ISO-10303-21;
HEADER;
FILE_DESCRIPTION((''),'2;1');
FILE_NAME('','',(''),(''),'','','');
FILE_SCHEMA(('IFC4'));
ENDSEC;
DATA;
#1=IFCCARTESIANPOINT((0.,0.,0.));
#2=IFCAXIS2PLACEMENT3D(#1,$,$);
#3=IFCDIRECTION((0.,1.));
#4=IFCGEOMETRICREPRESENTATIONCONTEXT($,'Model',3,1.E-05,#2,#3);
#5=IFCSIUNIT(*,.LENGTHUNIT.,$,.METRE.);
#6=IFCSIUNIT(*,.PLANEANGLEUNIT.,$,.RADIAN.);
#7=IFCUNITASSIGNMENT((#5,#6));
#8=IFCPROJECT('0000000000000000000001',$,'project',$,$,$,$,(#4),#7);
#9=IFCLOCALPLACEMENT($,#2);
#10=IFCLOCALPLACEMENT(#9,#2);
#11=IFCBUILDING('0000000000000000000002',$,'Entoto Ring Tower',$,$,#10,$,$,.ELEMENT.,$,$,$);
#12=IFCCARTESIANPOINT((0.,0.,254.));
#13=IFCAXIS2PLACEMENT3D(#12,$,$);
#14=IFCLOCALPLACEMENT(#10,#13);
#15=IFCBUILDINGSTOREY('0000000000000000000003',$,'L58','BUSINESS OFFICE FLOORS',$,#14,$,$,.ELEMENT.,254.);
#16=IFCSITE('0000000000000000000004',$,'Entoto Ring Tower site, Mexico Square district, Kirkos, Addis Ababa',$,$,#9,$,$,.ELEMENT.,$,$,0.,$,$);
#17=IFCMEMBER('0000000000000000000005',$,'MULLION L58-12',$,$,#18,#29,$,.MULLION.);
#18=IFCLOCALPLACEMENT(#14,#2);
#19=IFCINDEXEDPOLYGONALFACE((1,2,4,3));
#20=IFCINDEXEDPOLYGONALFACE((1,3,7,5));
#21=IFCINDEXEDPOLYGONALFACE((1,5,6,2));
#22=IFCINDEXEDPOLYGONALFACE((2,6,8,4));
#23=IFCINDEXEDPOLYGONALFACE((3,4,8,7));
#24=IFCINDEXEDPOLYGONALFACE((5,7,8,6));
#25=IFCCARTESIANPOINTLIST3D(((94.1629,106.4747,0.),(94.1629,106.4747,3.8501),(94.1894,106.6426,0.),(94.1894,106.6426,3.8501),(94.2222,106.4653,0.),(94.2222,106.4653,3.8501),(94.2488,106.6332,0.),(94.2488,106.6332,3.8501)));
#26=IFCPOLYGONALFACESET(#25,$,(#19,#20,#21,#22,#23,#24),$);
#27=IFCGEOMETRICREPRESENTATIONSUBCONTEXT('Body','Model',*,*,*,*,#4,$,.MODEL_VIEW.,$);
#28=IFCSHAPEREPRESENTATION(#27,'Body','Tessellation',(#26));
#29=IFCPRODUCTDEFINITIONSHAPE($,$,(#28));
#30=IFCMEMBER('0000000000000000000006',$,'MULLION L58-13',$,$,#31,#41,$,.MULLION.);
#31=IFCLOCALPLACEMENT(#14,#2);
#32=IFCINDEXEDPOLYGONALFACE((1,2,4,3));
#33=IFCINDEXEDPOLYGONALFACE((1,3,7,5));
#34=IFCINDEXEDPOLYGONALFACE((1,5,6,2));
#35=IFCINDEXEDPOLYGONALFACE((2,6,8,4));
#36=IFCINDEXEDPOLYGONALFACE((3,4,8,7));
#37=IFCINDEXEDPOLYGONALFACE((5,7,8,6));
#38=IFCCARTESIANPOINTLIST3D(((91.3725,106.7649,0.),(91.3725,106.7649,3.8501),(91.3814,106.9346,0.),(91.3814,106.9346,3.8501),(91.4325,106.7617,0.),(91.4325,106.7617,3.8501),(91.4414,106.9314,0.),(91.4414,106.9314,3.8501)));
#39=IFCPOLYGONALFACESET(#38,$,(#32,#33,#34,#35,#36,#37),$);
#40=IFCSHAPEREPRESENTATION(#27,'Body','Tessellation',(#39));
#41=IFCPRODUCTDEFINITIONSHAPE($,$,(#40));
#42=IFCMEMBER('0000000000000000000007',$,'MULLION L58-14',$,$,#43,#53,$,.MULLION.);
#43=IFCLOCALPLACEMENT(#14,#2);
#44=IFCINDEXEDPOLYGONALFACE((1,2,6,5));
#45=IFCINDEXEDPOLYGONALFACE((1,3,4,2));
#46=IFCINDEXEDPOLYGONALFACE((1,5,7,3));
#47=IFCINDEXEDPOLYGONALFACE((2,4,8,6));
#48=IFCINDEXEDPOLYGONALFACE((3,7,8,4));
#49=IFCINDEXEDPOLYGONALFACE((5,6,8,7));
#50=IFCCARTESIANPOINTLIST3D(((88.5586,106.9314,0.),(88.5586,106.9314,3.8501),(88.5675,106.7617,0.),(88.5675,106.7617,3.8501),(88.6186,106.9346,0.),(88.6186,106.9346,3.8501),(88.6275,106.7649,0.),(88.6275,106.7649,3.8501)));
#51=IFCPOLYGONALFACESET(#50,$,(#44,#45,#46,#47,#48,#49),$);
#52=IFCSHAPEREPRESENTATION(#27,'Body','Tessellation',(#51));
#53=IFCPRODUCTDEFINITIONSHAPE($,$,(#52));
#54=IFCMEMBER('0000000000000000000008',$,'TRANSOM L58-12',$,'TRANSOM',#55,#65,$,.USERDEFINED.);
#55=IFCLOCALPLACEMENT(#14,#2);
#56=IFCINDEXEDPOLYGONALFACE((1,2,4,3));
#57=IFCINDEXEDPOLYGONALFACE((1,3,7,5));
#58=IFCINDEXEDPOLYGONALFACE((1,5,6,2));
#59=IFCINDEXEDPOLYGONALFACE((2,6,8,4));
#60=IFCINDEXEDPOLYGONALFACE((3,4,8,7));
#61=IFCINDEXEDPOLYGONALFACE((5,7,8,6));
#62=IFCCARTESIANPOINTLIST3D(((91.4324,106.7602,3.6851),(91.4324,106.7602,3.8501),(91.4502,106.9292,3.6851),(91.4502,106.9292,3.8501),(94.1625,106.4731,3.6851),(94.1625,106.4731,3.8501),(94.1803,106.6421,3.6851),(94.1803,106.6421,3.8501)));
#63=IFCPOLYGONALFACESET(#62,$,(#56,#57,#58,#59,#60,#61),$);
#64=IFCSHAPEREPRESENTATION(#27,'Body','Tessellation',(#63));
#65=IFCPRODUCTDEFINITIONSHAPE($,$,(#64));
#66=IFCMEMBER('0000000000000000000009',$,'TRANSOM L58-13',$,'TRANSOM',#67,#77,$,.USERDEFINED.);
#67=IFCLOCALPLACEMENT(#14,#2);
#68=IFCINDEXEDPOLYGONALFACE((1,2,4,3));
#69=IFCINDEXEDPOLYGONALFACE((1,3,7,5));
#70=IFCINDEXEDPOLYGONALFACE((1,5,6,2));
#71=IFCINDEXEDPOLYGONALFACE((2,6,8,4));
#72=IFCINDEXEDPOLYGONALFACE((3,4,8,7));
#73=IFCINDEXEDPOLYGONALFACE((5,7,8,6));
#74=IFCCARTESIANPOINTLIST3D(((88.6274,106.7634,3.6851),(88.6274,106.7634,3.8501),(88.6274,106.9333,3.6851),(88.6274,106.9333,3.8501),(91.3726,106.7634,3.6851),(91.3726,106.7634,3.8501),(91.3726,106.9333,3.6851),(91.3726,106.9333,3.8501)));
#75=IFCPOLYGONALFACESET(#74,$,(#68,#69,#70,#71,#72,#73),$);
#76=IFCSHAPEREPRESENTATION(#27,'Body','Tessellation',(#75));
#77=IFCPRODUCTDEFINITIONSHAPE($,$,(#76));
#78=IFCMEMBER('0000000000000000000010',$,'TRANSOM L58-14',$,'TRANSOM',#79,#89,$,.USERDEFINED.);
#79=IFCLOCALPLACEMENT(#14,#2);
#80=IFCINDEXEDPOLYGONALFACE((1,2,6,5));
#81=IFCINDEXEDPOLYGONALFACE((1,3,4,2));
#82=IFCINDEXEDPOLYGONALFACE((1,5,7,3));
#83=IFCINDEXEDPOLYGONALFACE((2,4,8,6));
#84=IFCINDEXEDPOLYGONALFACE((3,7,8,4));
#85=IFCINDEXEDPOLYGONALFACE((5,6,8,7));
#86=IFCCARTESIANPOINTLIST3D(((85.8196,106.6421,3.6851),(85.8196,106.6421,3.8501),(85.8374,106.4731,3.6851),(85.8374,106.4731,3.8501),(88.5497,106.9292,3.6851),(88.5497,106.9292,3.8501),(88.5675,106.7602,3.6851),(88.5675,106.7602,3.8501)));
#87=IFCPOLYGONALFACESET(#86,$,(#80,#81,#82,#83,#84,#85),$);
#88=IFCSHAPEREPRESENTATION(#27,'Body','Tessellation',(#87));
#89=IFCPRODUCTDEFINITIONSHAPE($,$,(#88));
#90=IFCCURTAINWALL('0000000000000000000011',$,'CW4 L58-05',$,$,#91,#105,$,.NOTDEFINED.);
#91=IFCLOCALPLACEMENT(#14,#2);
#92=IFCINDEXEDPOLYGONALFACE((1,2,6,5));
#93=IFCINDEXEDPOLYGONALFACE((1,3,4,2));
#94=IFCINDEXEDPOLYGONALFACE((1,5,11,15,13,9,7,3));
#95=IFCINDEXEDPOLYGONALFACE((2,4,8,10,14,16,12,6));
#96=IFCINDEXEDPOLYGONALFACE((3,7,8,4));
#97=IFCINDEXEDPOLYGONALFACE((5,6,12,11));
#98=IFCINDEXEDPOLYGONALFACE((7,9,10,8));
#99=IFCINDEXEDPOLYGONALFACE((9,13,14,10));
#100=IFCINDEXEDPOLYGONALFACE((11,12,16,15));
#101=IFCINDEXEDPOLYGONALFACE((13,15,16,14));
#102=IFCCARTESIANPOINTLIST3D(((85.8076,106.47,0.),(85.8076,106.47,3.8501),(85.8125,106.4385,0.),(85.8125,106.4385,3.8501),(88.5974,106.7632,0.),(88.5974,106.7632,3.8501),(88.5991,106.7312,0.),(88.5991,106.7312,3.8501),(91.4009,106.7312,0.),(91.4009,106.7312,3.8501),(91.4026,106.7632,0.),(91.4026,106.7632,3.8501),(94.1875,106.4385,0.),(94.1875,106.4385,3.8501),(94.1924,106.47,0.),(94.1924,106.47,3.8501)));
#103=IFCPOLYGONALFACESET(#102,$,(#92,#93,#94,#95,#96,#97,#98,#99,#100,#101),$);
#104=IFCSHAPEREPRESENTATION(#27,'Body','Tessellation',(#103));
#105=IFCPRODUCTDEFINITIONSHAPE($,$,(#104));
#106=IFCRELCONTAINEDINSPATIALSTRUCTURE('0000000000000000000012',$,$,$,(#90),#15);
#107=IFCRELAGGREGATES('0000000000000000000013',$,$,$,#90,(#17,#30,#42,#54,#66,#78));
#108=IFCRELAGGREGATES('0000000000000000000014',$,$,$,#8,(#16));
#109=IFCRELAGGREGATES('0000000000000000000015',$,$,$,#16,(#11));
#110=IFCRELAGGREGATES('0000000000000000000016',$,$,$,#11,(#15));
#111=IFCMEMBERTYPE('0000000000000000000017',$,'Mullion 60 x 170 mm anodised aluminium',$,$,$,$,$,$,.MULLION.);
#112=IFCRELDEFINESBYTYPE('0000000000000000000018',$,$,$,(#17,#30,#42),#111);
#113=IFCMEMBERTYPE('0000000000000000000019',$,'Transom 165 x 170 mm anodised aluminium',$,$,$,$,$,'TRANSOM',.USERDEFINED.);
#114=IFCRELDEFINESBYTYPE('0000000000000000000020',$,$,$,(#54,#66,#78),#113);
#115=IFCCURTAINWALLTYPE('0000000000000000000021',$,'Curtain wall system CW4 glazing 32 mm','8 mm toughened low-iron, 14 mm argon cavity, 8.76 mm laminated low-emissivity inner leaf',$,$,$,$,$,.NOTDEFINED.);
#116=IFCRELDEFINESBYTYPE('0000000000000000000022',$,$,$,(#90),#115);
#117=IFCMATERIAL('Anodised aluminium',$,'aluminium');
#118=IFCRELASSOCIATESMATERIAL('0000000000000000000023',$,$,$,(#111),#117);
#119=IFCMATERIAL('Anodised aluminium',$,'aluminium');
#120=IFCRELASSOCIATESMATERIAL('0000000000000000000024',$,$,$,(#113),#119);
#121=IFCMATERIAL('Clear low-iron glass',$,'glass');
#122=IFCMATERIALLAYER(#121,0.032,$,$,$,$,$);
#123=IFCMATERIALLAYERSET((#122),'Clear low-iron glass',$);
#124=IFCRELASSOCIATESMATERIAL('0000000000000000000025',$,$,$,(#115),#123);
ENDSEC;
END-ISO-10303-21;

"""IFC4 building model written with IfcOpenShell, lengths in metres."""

from ifc_helpers import new_model, si_unit, direction, frame, origin, origin_2d, place, context, subcontext, project, spatial, polyline, rectangle, outline, extrude, material, layer, layer_set, material_profile, profile_set, type_object, element, aggregate, save


model = new_model("IFC4")

# Units and contexts
model_context = context("Model", 3, precision=1e-05, world=origin(), true_north=direction((0.0, 1.0)))
body_context = subcontext(model_context, "Body", "Model", "MODEL_VIEW")
ifc_project = project(units=[si_unit("LENGTHUNIT", "METRE"), si_unit("PLANEANGLEUNIT", "RADIAN")], contexts=[model_context])

# Members
ifc_material_1 = material(Name="Anodised aluminium", Category="aluminium")
ifc_material_profile_1 = material_profile(ifc_material_1, rectangle(XDim=0.0601, YDim=0.1699, at=origin_2d()), Name="Mullion 60 x 170 mm anodised aluminium")
ifc_profile_set_1 = profile_set([ifc_material_profile_1], Name="Anodised aluminium")
member_type_1 = type_object("IfcMemberType", Name="Mullion 60 x 170 mm anodised aluminium", PredefinedType="MULLION", material=ifc_profile_set_1)
site_placement = place(None, origin())
building_placement = place(site_placement, origin())
storey_placement = place(building_placement, frame((0.0, 0.0, 254.0)))
member_1_placement = place(storey_placement, frame((94.2058, 106.554, 0.0), z_axis=(0.0, 0.0, 1.0), x_axis=(-0.987688, 0.156434, 0.0)))
member_1 = element("IfcMember", 1, at=member_1_placement, type_object=member_type_1, Name="MULLION L58-12", PredefinedType="MULLION", context=body_context, shape_type="SweptSolid", body=[
    extrude(rectangle(XDim=0.0601, YDim=0.1699, at=origin_2d()), origin(), (0.0, 0.0, 1.0), 3.8501),
])
member_2_placement = place(storey_placement, frame((91.407, 106.8481, 0.0), z_axis=(0.0, 0.0, 1.0), x_axis=(-0.99863, 0.052336, 0.0)))
member_2 = element("IfcMember", 2, at=member_2_placement, type_object=member_type_1, Name="MULLION L58-13", PredefinedType="MULLION", context=body_context, shape_type="SweptSolid", body=[
    extrude(rectangle(XDim=0.0601, YDim=0.1699, at=origin_2d()), origin(), (0.0, 0.0, 1.0), 3.8501),
])
member_3_placement = place(storey_placement, frame((88.593, 106.8481, 0.0), z_axis=(0.0, 0.0, 1.0), x_axis=(-0.99863, -0.052336, 0.0)))
member_3 = element("IfcMember", 3, at=member_3_placement, type_object=member_type_1, Name="MULLION L58-14", PredefinedType="MULLION", context=body_context, shape_type="SweptSolid", body=[
    extrude(rectangle(XDim=0.0601, YDim=0.1699, at=origin_2d()), origin(), (0.0, 0.0, 1.0), 3.8501),
])
ifc_material_2 = material(Name="Anodised aluminium", Category="aluminium")
ifc_material_profile_2 = material_profile(ifc_material_2, rectangle(XDim=0.1699, YDim=0.165, at=origin_2d()), Name="Transom 165 x 170 mm anodised aluminium")
ifc_profile_set_2 = profile_set([ifc_material_profile_2], Name="Anodised aluminium")
member_type_2 = type_object("IfcMemberType", Name="Transom 165 x 170 mm anodised aluminium", ElementType="TRANSOM", PredefinedType="USERDEFINED", material=ifc_profile_set_2)
member_4_placement = place(storey_placement, frame((94.1714, 106.5576, 3.7676), z_axis=(-0.994515, 0.104592, 0.0), x_axis=(-0.104592, -0.994515, 0.0)))
member_4 = element("IfcMember", 4, at=member_4_placement, type_object=member_type_2, Name="TRANSOM L58-12", ObjectType="TRANSOM", PredefinedType="USERDEFINED", context=body_context, shape_type="SweptSolid", body=[
    extrude(rectangle(XDim=0.1699, YDim=0.165, at=origin_2d()), origin(), (0.0, 0.0, 1.0), 2.7451),
])
member_5_placement = place(storey_placement, frame((91.3726, 106.8484, 3.7676), z_axis=(-1.0, 0.0, 0.0), x_axis=(0.0, -1.0, 0.0)))
member_5 = element("IfcMember", 5, at=member_5_placement, type_object=member_type_2, Name="TRANSOM L58-13", ObjectType="TRANSOM", PredefinedType="USERDEFINED", context=body_context, shape_type="SweptSolid", body=[
    extrude(rectangle(XDim=0.1699, YDim=0.165, at=origin_2d()), origin(), (0.0, 0.0, 1.0), 2.7451),
])
member_6_placement = place(storey_placement, frame((88.5586, 106.8447, 3.7676), z_axis=(-0.994515, -0.104592, 0.0), x_axis=(0.104592, -0.994515, 0.0)))
member_6 = element("IfcMember", 6, at=member_6_placement, type_object=member_type_2, Name="TRANSOM L58-14", ObjectType="TRANSOM", PredefinedType="USERDEFINED", context=body_context, shape_type="SweptSolid", body=[
    extrude(rectangle(XDim=0.1699, YDim=0.165, at=origin_2d()), origin(), (0.0, 0.0, 1.0), 2.7451),
])

# Site, building, storey
site = spatial("IfcSite", under=ifc_project, at=site_placement, Name="Entoto Ring Tower site, Mexico Square district, Kirkos, Addis Ababa", CompositionType="ELEMENT", RefElevation=0.0)
building = spatial("IfcBuilding", under=site, at=building_placement, Name="Entoto Ring Tower", CompositionType="ELEMENT")
storey = spatial("IfcBuildingStorey", under=building, at=storey_placement, Name="L58", Description="BUSINESS OFFICE FLOORS", CompositionType="ELEMENT", Elevation=254.0)

# Curtain wall
ifc_material_3 = material(Name="Clear low-iron glass", Category="glass")
ifc_layer = layer(ifc_material_3, 0.032)
ifc_layer_set = layer_set([ifc_layer], Name="Clear low-iron glass")
curtain_wall_type = type_object("IfcCurtainWallType", Name="Curtain wall system CW4 glazing 32 mm", Description="8 mm toughened low-iron, 14 mm argon cavity, 8.76 mm laminated low-emissivity inner leaf", PredefinedType="NOTDEFINED", material=ifc_layer_set)
curtain_wall_1_placement = place(storey_placement, origin())
curtain_wall_1 = element("IfcCurtainWall", 7, at=curtain_wall_1_placement, inside=storey, type_object=curtain_wall_type, Name="CW4 L58-05", PredefinedType="NOTDEFINED", context=body_context, shape_type="SweptSolid", body=[
    extrude(outline(polyline([(94.1924, 106.47), (91.4026, 106.7632), (88.5974, 106.7632), (85.8076, 106.47), (85.8125, 106.4385), (88.5991, 106.7312), (91.4009, 106.7312), (94.1875, 106.4385), (94.1924, 106.47)])), origin(), (0.0, 0.0, 1.0), 3.8501),
])
aggregate(curtain_wall_1, [member_1, member_2, member_3, member_4, member_5, member_6])

save(model, "model.ifc")
